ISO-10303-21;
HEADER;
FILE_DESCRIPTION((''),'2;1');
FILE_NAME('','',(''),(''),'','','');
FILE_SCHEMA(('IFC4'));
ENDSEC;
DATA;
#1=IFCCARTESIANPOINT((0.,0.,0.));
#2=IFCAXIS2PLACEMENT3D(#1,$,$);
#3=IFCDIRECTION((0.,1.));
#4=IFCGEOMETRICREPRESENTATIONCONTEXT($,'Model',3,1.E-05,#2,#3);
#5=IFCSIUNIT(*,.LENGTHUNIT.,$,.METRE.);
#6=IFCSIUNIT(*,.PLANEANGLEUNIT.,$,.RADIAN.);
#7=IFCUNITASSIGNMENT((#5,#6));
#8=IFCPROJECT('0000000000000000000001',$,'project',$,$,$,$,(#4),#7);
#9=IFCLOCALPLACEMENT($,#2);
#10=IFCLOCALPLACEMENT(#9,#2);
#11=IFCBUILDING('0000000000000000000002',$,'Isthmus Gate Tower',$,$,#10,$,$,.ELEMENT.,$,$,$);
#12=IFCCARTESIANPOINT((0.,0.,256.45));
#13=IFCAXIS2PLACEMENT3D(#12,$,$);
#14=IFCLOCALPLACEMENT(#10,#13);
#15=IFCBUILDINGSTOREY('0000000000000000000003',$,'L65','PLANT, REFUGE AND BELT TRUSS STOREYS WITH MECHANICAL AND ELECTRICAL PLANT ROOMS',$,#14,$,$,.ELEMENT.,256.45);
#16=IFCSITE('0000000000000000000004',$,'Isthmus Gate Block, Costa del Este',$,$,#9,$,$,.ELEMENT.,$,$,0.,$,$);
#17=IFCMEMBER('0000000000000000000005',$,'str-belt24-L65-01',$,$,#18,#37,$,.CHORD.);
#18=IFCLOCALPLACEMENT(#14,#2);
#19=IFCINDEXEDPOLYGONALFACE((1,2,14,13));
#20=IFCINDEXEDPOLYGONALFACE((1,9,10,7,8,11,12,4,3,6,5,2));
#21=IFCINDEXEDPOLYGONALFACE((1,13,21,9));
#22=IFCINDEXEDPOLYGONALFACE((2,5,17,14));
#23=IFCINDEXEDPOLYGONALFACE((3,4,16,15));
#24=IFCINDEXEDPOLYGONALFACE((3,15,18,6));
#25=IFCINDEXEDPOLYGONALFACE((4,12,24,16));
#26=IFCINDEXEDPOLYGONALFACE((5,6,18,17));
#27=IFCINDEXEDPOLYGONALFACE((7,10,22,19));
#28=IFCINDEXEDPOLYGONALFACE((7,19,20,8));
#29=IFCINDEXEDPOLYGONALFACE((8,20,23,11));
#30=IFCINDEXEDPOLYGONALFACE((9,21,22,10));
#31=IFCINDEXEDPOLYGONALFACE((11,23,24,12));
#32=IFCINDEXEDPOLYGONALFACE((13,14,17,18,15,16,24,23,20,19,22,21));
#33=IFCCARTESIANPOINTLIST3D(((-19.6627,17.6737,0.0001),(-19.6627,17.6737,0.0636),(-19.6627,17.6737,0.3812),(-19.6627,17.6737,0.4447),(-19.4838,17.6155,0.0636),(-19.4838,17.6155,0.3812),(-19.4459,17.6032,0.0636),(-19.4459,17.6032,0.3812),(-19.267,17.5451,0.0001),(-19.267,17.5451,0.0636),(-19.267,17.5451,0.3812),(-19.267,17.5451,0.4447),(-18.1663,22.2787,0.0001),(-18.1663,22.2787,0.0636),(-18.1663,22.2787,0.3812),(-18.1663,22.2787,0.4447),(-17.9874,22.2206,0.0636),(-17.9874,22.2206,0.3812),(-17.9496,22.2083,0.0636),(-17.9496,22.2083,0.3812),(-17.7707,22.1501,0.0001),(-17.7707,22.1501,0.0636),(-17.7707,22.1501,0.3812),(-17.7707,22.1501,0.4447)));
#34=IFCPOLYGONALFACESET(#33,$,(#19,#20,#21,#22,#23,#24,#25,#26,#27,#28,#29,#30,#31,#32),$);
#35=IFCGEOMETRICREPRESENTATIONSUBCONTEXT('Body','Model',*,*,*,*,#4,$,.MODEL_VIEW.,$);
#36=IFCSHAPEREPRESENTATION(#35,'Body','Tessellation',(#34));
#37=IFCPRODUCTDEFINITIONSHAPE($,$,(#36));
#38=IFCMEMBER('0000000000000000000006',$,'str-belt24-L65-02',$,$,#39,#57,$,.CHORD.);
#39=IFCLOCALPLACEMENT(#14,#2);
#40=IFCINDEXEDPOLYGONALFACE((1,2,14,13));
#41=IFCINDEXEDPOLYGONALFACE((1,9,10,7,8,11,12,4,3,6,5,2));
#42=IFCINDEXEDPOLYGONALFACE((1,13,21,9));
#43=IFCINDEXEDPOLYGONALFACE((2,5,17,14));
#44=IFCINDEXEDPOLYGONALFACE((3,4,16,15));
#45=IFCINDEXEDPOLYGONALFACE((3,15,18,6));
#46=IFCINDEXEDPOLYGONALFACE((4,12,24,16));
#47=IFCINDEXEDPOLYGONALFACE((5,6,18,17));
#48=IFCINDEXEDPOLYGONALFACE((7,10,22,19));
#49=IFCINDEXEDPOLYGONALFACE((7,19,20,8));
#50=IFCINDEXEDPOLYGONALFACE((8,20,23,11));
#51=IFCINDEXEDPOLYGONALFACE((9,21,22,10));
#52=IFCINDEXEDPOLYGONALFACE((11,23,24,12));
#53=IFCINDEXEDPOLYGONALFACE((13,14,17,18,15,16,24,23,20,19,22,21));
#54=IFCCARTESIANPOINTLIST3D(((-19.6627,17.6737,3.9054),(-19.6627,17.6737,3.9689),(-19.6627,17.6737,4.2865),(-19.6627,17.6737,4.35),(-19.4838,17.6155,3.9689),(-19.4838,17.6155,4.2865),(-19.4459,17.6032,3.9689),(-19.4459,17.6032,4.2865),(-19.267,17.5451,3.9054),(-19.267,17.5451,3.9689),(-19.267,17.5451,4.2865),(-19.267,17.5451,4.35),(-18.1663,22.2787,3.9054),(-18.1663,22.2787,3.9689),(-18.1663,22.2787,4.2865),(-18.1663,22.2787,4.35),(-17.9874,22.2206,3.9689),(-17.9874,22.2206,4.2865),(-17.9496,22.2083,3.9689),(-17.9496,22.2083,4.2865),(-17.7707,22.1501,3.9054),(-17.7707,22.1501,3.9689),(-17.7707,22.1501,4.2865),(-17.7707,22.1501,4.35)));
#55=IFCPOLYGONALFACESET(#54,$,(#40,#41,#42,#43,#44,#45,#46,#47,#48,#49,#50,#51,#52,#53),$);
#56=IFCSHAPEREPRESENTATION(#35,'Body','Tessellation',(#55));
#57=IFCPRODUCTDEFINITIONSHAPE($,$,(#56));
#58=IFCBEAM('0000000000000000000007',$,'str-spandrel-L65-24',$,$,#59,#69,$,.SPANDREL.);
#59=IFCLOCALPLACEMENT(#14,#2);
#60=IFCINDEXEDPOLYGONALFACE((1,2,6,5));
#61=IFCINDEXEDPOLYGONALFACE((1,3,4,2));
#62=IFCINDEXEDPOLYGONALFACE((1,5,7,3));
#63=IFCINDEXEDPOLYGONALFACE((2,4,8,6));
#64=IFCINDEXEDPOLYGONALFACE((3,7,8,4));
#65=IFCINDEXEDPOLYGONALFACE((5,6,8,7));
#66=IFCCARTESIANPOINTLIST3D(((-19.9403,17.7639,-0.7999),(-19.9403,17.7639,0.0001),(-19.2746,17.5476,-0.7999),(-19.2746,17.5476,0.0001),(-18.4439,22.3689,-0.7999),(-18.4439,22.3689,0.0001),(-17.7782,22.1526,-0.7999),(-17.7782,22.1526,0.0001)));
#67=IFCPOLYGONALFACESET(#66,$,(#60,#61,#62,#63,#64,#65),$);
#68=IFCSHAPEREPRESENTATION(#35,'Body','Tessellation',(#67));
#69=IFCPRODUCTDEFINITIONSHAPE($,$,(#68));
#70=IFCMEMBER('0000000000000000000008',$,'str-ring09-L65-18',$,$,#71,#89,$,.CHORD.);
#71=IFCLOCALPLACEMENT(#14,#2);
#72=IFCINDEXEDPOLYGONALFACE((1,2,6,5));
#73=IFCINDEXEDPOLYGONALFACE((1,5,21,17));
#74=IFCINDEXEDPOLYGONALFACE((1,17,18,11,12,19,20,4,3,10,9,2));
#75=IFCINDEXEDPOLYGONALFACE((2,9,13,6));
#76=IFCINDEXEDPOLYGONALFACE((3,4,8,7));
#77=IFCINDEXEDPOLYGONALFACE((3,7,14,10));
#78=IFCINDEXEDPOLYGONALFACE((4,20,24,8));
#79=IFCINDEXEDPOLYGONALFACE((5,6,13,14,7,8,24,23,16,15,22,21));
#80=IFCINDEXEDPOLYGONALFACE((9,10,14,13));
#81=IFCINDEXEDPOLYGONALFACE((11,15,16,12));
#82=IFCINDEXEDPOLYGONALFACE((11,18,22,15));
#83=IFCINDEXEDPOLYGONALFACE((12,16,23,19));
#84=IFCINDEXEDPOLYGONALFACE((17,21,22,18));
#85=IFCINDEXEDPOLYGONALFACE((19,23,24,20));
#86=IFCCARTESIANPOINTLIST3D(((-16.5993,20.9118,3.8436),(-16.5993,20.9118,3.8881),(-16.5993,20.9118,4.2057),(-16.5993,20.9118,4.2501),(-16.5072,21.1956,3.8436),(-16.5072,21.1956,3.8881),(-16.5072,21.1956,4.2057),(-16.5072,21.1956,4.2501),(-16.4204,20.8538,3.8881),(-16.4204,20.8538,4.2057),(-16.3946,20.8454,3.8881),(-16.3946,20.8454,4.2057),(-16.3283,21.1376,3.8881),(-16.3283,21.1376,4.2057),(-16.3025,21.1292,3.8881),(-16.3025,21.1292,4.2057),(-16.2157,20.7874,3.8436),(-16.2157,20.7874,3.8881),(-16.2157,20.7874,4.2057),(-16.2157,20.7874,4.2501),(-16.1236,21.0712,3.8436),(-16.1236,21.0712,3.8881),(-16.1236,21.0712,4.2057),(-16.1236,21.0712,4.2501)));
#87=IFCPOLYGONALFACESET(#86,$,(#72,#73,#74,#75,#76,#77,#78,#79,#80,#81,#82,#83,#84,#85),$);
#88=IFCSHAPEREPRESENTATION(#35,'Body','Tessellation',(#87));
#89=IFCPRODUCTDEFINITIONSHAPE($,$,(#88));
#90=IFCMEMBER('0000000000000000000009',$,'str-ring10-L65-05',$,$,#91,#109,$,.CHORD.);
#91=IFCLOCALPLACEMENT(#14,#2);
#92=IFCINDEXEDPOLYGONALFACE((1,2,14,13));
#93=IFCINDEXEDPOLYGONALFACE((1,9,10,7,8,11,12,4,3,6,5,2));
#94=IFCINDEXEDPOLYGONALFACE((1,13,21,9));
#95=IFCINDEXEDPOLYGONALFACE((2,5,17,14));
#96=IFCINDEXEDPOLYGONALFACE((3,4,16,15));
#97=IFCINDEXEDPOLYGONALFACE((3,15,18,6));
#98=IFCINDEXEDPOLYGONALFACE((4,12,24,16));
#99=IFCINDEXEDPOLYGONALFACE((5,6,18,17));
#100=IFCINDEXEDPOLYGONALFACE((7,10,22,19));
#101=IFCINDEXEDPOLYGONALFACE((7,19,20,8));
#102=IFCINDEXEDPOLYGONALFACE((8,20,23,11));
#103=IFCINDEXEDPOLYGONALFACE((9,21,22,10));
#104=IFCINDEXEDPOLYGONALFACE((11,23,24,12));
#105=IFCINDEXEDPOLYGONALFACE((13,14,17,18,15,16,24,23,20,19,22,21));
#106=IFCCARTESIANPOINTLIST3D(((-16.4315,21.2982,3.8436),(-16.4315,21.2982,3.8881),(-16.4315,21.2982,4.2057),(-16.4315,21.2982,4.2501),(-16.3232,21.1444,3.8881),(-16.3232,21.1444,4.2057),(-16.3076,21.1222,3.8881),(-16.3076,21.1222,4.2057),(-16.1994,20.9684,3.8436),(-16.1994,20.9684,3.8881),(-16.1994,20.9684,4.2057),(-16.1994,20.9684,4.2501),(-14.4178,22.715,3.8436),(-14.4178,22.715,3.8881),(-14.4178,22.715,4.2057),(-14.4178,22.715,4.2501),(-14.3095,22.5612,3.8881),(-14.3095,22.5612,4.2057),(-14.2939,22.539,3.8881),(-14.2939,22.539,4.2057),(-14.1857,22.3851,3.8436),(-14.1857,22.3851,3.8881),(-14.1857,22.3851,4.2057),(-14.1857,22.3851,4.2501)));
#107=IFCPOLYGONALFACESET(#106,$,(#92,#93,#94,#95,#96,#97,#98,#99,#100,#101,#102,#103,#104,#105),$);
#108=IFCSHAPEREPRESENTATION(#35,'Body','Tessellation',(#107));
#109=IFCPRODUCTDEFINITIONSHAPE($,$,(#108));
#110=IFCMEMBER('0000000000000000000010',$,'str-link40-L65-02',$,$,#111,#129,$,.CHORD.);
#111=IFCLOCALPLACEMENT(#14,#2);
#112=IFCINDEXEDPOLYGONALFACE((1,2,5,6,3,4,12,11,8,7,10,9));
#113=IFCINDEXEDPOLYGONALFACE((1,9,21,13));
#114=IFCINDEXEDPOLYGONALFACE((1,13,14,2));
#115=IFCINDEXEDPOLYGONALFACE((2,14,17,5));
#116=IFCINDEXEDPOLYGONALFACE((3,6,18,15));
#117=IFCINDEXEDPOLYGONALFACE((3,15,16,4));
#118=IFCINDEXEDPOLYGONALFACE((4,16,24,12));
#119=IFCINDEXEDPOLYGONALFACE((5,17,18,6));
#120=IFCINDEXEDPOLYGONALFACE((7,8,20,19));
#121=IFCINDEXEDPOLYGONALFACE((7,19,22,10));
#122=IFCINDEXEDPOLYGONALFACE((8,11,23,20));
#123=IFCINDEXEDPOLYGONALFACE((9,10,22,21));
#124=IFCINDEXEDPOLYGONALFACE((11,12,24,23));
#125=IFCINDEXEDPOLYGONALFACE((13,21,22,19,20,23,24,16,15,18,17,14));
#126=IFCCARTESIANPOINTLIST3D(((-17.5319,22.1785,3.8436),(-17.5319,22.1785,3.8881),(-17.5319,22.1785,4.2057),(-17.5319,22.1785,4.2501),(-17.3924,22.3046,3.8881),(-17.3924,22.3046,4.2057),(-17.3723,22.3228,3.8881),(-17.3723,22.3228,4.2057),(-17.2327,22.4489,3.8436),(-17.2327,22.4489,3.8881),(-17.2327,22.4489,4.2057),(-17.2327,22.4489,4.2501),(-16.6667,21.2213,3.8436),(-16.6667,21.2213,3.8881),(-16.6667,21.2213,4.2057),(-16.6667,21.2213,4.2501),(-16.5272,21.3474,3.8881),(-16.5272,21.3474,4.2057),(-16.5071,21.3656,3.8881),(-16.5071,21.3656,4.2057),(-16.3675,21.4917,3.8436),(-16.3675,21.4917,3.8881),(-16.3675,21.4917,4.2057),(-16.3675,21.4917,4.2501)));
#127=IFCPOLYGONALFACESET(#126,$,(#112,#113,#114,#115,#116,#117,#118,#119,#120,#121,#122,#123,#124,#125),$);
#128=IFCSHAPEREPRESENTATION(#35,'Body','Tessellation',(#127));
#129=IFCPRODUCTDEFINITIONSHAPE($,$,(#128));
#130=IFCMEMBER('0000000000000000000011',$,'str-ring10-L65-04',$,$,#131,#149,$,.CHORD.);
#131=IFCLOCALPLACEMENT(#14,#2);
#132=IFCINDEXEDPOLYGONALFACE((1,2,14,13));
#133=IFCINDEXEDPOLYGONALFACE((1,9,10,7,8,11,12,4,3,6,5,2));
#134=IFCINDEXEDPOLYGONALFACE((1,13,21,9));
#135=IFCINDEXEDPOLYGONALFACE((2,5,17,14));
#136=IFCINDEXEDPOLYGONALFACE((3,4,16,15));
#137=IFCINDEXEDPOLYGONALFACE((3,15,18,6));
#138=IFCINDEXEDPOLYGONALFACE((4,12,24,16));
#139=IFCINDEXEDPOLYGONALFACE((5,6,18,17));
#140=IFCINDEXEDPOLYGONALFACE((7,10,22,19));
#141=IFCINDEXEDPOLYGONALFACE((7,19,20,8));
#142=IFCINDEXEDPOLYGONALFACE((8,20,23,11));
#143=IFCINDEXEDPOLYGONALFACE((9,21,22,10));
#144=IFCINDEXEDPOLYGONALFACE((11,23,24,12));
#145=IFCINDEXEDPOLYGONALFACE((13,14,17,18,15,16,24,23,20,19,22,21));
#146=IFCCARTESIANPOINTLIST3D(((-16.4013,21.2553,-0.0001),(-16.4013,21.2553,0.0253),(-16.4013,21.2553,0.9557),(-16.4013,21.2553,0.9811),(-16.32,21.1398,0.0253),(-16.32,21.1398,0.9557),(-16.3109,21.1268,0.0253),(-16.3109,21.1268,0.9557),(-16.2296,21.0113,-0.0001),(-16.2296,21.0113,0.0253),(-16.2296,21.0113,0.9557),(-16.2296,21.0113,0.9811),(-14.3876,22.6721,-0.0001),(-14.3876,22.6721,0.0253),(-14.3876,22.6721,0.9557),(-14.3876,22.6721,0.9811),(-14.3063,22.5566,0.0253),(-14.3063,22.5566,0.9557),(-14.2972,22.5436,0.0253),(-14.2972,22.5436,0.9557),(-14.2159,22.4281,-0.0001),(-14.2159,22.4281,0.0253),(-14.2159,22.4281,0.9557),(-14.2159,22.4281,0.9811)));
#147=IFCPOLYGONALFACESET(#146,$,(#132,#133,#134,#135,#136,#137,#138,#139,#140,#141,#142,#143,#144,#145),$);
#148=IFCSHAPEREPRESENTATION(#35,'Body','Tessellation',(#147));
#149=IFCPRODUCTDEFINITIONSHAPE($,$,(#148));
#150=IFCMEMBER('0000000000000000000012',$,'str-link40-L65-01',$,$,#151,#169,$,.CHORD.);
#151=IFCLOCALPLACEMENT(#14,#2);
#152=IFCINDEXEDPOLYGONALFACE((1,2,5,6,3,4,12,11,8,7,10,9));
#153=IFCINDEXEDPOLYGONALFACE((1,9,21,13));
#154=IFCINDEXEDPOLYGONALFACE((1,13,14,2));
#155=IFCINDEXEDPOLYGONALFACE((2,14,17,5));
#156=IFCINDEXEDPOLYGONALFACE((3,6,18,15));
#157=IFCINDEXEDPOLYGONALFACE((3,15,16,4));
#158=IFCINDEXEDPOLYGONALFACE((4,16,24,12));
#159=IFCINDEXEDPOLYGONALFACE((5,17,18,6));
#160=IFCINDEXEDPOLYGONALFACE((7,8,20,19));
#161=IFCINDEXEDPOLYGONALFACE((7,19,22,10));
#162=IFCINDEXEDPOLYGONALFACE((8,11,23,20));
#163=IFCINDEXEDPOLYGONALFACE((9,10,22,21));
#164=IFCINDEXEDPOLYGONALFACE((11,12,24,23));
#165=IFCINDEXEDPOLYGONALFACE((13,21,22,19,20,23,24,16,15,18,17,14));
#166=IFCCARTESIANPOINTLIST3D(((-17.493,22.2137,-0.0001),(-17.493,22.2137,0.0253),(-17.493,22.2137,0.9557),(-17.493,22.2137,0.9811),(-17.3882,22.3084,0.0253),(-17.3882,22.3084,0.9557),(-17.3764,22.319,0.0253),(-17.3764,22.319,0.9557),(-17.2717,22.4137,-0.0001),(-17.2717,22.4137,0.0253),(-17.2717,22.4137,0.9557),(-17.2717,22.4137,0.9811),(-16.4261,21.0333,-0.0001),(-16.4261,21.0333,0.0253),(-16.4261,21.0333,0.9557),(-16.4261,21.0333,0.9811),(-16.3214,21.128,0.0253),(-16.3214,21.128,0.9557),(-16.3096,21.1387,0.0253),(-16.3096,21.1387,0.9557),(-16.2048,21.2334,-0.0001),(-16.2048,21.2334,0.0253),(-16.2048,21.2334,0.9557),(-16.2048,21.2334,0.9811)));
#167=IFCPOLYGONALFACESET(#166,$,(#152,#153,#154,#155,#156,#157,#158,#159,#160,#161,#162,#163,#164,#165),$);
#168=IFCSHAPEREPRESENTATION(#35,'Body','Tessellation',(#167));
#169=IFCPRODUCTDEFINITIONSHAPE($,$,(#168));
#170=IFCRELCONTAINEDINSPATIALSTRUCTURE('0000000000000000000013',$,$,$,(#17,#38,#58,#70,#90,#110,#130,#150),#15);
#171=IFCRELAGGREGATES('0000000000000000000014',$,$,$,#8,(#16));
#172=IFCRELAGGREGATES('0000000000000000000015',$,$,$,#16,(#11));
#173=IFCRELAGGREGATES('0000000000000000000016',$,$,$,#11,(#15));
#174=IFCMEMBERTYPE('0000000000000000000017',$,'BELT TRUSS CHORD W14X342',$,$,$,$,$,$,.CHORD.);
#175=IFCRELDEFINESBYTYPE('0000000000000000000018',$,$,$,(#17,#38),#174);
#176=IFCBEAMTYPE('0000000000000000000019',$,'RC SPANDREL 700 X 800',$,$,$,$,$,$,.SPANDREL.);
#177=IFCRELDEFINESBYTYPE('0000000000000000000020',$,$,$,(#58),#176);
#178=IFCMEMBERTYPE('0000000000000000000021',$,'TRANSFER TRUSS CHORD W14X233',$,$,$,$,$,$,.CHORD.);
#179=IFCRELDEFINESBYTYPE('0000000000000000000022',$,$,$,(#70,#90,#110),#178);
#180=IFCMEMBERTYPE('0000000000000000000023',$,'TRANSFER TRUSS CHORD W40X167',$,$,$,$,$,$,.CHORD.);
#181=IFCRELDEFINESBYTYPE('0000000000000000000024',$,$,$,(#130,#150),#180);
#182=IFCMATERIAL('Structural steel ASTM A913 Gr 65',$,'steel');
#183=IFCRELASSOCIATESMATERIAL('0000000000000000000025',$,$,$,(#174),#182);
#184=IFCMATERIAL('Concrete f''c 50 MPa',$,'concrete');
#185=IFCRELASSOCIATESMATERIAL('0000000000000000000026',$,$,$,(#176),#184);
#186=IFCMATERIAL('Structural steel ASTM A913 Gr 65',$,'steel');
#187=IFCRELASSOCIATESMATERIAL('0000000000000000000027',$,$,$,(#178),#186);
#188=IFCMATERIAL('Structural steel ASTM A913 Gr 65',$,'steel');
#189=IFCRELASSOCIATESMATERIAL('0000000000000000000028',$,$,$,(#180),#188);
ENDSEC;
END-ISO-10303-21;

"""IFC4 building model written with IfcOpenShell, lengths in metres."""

from ifc_helpers import new_model, si_unit, direction, frame, origin, origin_2d, place, context, subcontext, project, spatial, rectangle, i_section, extrude, material, material_profile, profile_set, type_object, element, save


model = new_model("IFC4")

# Units and contexts
model_context = context("Model", 3, precision=1e-05, world=origin(), true_north=direction((0.0, 1.0)))
body_context = subcontext(model_context, "Body", "Model", "MODEL_VIEW")
ifc_project = project(units=[si_unit("LENGTHUNIT", "METRE"), si_unit("PLANEANGLEUNIT", "RADIAN")], contexts=[model_context])

# Site, building, storey
site_placement = place(None, origin())
site = spatial("IfcSite", under=ifc_project, at=site_placement, Name="Isthmus Gate Block, Costa del Este", CompositionType="ELEMENT", RefElevation=0.0)
building_placement = place(site_placement, origin())
building = spatial("IfcBuilding", under=site, at=building_placement, Name="Isthmus Gate Tower", CompositionType="ELEMENT")
storey_placement = place(building_placement, frame((0.0, 0.0, 256.45)))
storey = spatial("IfcBuildingStorey", under=building, at=storey_placement, Name="L65", Description="PLANT, REFUGE AND BELT TRUSS STOREYS WITH MECHANICAL AND ELECTRICAL PLANT ROOMS", CompositionType="ELEMENT", Elevation=256.45)

# Members
ifc_material_1 = material(Name="Structural steel ASTM A913 Gr 65", Category="steel")
ifc_material_profile_1 = material_profile(ifc_material_1, i_section(OverallWidth=0.416, OverallDepth=0.4446, WebThickness=0.0398, FlangeThickness=0.0635, at=origin_2d()), Name="W14X342")
ifc_profile_set_1 = profile_set([ifc_material_profile_1], Name="Structural steel ASTM A913 Gr 65")
member_type_1 = type_object("IfcMemberType", Name="BELT TRUSS CHORD W14X342", PredefinedType="CHORD", material=ifc_profile_set_1)
for number, where, z_axis, x_axis, name in (
    (1, (-19.4648, 17.6094, 0.2224), (0.309034, 0.951051, 0.0), (-0.951051, 0.309034, 0.0), "str-belt24-L65-01"),
    (2, (-19.4648, 17.6094, 4.1277), (0.309034, 0.951051, 0.0), (-0.951051, 0.309034, 0.0), "str-belt24-L65-02"),
):
    element("IfcMember", number, at=place(storey_placement, frame(where, z_axis=z_axis, x_axis=x_axis)), inside=storey, type_object=member_type_1, Name=name, PredefinedType="CHORD", context=body_context, shape_type="SweptSolid", body=[
        extrude(i_section(OverallWidth=0.416, OverallDepth=0.4446, WebThickness=0.0398, FlangeThickness=0.0635, at=origin_2d()), origin(), (0.0, 0.0, 1.0), 4.842),
    ])

# Beam
ifc_material_2 = material(Name="Concrete f'c 50 MPa", Category="concrete")
ifc_material_profile_2 = material_profile(ifc_material_2, rectangle(XDim=0.7, YDim=0.8, at=origin_2d()), Name="RC 700X800")
ifc_profile_set_2 = profile_set([ifc_material_profile_2], Name="Concrete f'c 50 MPa")
beam_type = type_object("IfcBeamType", Name="RC SPANDREL 700 X 800", PredefinedType="SPANDREL", material=ifc_profile_set_2)
beam_placement = place(storey_placement, frame((-19.6074, 17.6558, -0.3999), z_axis=(0.309034, 0.951051, 0.0), x_axis=(-0.951051, 0.309034, 0.0)))
element("IfcBeam", 3, at=beam_placement, inside=storey, type_object=beam_type, Name="str-spandrel-L65-24", PredefinedType="SPANDREL", context=body_context, shape_type="SweptSolid", body=[
    extrude(rectangle(XDim=0.7, YDim=0.8, at=origin_2d()), origin(), (0.0, 0.0, 1.0), 4.842),
])

# Members
ifc_material_3 = material(Name="Structural steel ASTM A913 Gr 65", Category="steel")
ifc_material_profile_3 = material_profile(ifc_material_3, i_section(OverallWidth=0.4033, OverallDepth=0.4065, WebThickness=0.0271, FlangeThickness=0.0444, at=origin_2d()), Name="W14X233")
ifc_profile_set_3 = profile_set([ifc_material_profile_3], Name="Structural steel ASTM A913 Gr 65")
member_type_2 = type_object("IfcMemberType", Name="TRANSFER TRUSS CHORD W14X233", PredefinedType="CHORD", material=ifc_profile_set_3)
member_1_placement = place(storey_placement, frame((-16.4075, 20.8496, 4.0469), z_axis=(0.308605, 0.95119, 0.0), x_axis=(-0.95119, 0.308605, 0.0)))
element("IfcMember", 4, at=member_1_placement, inside=storey, type_object=member_type_2, Name="str-ring09-L65-18", PredefinedType="CHORD", context=body_context, shape_type="SweptSolid", body=[
    extrude(i_section(OverallWidth=0.4033, OverallDepth=0.4065, WebThickness=0.0271, FlangeThickness=0.0444, at=origin_2d()), origin(), (0.0, 0.0, 1.0), 0.2983),
])
member_2_placement = place(storey_placement, frame((-16.3154, 21.1333, 4.0469), z_axis=(0.81786, 0.575417, 0.0), x_axis=(-0.575417, 0.81786, 0.0)))
element("IfcMember", 5, at=member_2_placement, inside=storey, type_object=member_type_2, Name="str-ring10-L65-05", PredefinedType="CHORD", context=body_context, shape_type="SweptSolid", body=[
    extrude(i_section(OverallWidth=0.4033, OverallDepth=0.4065, WebThickness=0.0271, FlangeThickness=0.0444, at=origin_2d()), origin(), (0.0, 0.0, 1.0), 2.4622),
])
member_3_placement = place(storey_placement, frame((-17.3823, 22.3137, 4.0469), z_axis=(0.670542, -0.741872, 0.0), x_axis=(0.741872, 0.670542, 0.0)))
element("IfcMember", 6, at=member_3_placement, inside=storey, type_object=member_type_2, Name="str-link40-L65-02", PredefinedType="CHORD", context=body_context, shape_type="SweptSolid", body=[
    extrude(i_section(OverallWidth=0.4033, OverallDepth=0.4065, WebThickness=0.0271, FlangeThickness=0.0444, at=origin_2d()), origin(), (0.0, 0.0, 1.0), 1.2903),
])
ifc_material_4 = material(Name="Structural steel ASTM A913 Gr 65", Category="steel")
ifc_material_profile_4 = material_profile(ifc_material_4, i_section(OverallWidth=0.2983, OverallDepth=0.9812, WebThickness=0.0159, FlangeThickness=0.0254, at=origin_2d()), Name="W40X167")
ifc_profile_set_4 = profile_set([ifc_material_profile_4], Name="Structural steel ASTM A913 Gr 65")
member_type_3 = type_object("IfcMemberType", Name="TRANSFER TRUSS CHORD W40X167", PredefinedType="CHORD", material=ifc_profile_set_4)
member_4_placement = place(storey_placement, frame((-16.3154, 21.1333, 0.4905), z_axis=(0.81786, 0.575417, 0.0), x_axis=(-0.575417, 0.81786, 0.0)))
element("IfcMember", 7, at=member_4_placement, inside=storey, type_object=member_type_3, Name="str-ring10-L65-04", PredefinedType="CHORD", context=body_context, shape_type="SweptSolid", body=[
    extrude(i_section(OverallWidth=0.2983, OverallDepth=0.9812, WebThickness=0.0159, FlangeThickness=0.0254, at=origin_2d()), origin(), (0.0, 0.0, 1.0), 2.4622),
])
member_5_placement = place(storey_placement, frame((-17.3823, 22.3137, 0.4905), z_axis=(0.670532, -0.741881, 0.0), x_axis=(0.741881, 0.670532, 0.0)))
element("IfcMember", 8, at=member_5_placement, inside=storey, type_object=member_type_3, Name="str-link40-L65-01", PredefinedType="CHORD", context=body_context, shape_type="SweptSolid", body=[
    extrude(i_section(OverallWidth=0.2983, OverallDepth=0.9812, WebThickness=0.0159, FlangeThickness=0.0254, at=origin_2d()), origin(), (0.0, 0.0, 1.0), 1.5911),
])

save(model, "model.ifc")
